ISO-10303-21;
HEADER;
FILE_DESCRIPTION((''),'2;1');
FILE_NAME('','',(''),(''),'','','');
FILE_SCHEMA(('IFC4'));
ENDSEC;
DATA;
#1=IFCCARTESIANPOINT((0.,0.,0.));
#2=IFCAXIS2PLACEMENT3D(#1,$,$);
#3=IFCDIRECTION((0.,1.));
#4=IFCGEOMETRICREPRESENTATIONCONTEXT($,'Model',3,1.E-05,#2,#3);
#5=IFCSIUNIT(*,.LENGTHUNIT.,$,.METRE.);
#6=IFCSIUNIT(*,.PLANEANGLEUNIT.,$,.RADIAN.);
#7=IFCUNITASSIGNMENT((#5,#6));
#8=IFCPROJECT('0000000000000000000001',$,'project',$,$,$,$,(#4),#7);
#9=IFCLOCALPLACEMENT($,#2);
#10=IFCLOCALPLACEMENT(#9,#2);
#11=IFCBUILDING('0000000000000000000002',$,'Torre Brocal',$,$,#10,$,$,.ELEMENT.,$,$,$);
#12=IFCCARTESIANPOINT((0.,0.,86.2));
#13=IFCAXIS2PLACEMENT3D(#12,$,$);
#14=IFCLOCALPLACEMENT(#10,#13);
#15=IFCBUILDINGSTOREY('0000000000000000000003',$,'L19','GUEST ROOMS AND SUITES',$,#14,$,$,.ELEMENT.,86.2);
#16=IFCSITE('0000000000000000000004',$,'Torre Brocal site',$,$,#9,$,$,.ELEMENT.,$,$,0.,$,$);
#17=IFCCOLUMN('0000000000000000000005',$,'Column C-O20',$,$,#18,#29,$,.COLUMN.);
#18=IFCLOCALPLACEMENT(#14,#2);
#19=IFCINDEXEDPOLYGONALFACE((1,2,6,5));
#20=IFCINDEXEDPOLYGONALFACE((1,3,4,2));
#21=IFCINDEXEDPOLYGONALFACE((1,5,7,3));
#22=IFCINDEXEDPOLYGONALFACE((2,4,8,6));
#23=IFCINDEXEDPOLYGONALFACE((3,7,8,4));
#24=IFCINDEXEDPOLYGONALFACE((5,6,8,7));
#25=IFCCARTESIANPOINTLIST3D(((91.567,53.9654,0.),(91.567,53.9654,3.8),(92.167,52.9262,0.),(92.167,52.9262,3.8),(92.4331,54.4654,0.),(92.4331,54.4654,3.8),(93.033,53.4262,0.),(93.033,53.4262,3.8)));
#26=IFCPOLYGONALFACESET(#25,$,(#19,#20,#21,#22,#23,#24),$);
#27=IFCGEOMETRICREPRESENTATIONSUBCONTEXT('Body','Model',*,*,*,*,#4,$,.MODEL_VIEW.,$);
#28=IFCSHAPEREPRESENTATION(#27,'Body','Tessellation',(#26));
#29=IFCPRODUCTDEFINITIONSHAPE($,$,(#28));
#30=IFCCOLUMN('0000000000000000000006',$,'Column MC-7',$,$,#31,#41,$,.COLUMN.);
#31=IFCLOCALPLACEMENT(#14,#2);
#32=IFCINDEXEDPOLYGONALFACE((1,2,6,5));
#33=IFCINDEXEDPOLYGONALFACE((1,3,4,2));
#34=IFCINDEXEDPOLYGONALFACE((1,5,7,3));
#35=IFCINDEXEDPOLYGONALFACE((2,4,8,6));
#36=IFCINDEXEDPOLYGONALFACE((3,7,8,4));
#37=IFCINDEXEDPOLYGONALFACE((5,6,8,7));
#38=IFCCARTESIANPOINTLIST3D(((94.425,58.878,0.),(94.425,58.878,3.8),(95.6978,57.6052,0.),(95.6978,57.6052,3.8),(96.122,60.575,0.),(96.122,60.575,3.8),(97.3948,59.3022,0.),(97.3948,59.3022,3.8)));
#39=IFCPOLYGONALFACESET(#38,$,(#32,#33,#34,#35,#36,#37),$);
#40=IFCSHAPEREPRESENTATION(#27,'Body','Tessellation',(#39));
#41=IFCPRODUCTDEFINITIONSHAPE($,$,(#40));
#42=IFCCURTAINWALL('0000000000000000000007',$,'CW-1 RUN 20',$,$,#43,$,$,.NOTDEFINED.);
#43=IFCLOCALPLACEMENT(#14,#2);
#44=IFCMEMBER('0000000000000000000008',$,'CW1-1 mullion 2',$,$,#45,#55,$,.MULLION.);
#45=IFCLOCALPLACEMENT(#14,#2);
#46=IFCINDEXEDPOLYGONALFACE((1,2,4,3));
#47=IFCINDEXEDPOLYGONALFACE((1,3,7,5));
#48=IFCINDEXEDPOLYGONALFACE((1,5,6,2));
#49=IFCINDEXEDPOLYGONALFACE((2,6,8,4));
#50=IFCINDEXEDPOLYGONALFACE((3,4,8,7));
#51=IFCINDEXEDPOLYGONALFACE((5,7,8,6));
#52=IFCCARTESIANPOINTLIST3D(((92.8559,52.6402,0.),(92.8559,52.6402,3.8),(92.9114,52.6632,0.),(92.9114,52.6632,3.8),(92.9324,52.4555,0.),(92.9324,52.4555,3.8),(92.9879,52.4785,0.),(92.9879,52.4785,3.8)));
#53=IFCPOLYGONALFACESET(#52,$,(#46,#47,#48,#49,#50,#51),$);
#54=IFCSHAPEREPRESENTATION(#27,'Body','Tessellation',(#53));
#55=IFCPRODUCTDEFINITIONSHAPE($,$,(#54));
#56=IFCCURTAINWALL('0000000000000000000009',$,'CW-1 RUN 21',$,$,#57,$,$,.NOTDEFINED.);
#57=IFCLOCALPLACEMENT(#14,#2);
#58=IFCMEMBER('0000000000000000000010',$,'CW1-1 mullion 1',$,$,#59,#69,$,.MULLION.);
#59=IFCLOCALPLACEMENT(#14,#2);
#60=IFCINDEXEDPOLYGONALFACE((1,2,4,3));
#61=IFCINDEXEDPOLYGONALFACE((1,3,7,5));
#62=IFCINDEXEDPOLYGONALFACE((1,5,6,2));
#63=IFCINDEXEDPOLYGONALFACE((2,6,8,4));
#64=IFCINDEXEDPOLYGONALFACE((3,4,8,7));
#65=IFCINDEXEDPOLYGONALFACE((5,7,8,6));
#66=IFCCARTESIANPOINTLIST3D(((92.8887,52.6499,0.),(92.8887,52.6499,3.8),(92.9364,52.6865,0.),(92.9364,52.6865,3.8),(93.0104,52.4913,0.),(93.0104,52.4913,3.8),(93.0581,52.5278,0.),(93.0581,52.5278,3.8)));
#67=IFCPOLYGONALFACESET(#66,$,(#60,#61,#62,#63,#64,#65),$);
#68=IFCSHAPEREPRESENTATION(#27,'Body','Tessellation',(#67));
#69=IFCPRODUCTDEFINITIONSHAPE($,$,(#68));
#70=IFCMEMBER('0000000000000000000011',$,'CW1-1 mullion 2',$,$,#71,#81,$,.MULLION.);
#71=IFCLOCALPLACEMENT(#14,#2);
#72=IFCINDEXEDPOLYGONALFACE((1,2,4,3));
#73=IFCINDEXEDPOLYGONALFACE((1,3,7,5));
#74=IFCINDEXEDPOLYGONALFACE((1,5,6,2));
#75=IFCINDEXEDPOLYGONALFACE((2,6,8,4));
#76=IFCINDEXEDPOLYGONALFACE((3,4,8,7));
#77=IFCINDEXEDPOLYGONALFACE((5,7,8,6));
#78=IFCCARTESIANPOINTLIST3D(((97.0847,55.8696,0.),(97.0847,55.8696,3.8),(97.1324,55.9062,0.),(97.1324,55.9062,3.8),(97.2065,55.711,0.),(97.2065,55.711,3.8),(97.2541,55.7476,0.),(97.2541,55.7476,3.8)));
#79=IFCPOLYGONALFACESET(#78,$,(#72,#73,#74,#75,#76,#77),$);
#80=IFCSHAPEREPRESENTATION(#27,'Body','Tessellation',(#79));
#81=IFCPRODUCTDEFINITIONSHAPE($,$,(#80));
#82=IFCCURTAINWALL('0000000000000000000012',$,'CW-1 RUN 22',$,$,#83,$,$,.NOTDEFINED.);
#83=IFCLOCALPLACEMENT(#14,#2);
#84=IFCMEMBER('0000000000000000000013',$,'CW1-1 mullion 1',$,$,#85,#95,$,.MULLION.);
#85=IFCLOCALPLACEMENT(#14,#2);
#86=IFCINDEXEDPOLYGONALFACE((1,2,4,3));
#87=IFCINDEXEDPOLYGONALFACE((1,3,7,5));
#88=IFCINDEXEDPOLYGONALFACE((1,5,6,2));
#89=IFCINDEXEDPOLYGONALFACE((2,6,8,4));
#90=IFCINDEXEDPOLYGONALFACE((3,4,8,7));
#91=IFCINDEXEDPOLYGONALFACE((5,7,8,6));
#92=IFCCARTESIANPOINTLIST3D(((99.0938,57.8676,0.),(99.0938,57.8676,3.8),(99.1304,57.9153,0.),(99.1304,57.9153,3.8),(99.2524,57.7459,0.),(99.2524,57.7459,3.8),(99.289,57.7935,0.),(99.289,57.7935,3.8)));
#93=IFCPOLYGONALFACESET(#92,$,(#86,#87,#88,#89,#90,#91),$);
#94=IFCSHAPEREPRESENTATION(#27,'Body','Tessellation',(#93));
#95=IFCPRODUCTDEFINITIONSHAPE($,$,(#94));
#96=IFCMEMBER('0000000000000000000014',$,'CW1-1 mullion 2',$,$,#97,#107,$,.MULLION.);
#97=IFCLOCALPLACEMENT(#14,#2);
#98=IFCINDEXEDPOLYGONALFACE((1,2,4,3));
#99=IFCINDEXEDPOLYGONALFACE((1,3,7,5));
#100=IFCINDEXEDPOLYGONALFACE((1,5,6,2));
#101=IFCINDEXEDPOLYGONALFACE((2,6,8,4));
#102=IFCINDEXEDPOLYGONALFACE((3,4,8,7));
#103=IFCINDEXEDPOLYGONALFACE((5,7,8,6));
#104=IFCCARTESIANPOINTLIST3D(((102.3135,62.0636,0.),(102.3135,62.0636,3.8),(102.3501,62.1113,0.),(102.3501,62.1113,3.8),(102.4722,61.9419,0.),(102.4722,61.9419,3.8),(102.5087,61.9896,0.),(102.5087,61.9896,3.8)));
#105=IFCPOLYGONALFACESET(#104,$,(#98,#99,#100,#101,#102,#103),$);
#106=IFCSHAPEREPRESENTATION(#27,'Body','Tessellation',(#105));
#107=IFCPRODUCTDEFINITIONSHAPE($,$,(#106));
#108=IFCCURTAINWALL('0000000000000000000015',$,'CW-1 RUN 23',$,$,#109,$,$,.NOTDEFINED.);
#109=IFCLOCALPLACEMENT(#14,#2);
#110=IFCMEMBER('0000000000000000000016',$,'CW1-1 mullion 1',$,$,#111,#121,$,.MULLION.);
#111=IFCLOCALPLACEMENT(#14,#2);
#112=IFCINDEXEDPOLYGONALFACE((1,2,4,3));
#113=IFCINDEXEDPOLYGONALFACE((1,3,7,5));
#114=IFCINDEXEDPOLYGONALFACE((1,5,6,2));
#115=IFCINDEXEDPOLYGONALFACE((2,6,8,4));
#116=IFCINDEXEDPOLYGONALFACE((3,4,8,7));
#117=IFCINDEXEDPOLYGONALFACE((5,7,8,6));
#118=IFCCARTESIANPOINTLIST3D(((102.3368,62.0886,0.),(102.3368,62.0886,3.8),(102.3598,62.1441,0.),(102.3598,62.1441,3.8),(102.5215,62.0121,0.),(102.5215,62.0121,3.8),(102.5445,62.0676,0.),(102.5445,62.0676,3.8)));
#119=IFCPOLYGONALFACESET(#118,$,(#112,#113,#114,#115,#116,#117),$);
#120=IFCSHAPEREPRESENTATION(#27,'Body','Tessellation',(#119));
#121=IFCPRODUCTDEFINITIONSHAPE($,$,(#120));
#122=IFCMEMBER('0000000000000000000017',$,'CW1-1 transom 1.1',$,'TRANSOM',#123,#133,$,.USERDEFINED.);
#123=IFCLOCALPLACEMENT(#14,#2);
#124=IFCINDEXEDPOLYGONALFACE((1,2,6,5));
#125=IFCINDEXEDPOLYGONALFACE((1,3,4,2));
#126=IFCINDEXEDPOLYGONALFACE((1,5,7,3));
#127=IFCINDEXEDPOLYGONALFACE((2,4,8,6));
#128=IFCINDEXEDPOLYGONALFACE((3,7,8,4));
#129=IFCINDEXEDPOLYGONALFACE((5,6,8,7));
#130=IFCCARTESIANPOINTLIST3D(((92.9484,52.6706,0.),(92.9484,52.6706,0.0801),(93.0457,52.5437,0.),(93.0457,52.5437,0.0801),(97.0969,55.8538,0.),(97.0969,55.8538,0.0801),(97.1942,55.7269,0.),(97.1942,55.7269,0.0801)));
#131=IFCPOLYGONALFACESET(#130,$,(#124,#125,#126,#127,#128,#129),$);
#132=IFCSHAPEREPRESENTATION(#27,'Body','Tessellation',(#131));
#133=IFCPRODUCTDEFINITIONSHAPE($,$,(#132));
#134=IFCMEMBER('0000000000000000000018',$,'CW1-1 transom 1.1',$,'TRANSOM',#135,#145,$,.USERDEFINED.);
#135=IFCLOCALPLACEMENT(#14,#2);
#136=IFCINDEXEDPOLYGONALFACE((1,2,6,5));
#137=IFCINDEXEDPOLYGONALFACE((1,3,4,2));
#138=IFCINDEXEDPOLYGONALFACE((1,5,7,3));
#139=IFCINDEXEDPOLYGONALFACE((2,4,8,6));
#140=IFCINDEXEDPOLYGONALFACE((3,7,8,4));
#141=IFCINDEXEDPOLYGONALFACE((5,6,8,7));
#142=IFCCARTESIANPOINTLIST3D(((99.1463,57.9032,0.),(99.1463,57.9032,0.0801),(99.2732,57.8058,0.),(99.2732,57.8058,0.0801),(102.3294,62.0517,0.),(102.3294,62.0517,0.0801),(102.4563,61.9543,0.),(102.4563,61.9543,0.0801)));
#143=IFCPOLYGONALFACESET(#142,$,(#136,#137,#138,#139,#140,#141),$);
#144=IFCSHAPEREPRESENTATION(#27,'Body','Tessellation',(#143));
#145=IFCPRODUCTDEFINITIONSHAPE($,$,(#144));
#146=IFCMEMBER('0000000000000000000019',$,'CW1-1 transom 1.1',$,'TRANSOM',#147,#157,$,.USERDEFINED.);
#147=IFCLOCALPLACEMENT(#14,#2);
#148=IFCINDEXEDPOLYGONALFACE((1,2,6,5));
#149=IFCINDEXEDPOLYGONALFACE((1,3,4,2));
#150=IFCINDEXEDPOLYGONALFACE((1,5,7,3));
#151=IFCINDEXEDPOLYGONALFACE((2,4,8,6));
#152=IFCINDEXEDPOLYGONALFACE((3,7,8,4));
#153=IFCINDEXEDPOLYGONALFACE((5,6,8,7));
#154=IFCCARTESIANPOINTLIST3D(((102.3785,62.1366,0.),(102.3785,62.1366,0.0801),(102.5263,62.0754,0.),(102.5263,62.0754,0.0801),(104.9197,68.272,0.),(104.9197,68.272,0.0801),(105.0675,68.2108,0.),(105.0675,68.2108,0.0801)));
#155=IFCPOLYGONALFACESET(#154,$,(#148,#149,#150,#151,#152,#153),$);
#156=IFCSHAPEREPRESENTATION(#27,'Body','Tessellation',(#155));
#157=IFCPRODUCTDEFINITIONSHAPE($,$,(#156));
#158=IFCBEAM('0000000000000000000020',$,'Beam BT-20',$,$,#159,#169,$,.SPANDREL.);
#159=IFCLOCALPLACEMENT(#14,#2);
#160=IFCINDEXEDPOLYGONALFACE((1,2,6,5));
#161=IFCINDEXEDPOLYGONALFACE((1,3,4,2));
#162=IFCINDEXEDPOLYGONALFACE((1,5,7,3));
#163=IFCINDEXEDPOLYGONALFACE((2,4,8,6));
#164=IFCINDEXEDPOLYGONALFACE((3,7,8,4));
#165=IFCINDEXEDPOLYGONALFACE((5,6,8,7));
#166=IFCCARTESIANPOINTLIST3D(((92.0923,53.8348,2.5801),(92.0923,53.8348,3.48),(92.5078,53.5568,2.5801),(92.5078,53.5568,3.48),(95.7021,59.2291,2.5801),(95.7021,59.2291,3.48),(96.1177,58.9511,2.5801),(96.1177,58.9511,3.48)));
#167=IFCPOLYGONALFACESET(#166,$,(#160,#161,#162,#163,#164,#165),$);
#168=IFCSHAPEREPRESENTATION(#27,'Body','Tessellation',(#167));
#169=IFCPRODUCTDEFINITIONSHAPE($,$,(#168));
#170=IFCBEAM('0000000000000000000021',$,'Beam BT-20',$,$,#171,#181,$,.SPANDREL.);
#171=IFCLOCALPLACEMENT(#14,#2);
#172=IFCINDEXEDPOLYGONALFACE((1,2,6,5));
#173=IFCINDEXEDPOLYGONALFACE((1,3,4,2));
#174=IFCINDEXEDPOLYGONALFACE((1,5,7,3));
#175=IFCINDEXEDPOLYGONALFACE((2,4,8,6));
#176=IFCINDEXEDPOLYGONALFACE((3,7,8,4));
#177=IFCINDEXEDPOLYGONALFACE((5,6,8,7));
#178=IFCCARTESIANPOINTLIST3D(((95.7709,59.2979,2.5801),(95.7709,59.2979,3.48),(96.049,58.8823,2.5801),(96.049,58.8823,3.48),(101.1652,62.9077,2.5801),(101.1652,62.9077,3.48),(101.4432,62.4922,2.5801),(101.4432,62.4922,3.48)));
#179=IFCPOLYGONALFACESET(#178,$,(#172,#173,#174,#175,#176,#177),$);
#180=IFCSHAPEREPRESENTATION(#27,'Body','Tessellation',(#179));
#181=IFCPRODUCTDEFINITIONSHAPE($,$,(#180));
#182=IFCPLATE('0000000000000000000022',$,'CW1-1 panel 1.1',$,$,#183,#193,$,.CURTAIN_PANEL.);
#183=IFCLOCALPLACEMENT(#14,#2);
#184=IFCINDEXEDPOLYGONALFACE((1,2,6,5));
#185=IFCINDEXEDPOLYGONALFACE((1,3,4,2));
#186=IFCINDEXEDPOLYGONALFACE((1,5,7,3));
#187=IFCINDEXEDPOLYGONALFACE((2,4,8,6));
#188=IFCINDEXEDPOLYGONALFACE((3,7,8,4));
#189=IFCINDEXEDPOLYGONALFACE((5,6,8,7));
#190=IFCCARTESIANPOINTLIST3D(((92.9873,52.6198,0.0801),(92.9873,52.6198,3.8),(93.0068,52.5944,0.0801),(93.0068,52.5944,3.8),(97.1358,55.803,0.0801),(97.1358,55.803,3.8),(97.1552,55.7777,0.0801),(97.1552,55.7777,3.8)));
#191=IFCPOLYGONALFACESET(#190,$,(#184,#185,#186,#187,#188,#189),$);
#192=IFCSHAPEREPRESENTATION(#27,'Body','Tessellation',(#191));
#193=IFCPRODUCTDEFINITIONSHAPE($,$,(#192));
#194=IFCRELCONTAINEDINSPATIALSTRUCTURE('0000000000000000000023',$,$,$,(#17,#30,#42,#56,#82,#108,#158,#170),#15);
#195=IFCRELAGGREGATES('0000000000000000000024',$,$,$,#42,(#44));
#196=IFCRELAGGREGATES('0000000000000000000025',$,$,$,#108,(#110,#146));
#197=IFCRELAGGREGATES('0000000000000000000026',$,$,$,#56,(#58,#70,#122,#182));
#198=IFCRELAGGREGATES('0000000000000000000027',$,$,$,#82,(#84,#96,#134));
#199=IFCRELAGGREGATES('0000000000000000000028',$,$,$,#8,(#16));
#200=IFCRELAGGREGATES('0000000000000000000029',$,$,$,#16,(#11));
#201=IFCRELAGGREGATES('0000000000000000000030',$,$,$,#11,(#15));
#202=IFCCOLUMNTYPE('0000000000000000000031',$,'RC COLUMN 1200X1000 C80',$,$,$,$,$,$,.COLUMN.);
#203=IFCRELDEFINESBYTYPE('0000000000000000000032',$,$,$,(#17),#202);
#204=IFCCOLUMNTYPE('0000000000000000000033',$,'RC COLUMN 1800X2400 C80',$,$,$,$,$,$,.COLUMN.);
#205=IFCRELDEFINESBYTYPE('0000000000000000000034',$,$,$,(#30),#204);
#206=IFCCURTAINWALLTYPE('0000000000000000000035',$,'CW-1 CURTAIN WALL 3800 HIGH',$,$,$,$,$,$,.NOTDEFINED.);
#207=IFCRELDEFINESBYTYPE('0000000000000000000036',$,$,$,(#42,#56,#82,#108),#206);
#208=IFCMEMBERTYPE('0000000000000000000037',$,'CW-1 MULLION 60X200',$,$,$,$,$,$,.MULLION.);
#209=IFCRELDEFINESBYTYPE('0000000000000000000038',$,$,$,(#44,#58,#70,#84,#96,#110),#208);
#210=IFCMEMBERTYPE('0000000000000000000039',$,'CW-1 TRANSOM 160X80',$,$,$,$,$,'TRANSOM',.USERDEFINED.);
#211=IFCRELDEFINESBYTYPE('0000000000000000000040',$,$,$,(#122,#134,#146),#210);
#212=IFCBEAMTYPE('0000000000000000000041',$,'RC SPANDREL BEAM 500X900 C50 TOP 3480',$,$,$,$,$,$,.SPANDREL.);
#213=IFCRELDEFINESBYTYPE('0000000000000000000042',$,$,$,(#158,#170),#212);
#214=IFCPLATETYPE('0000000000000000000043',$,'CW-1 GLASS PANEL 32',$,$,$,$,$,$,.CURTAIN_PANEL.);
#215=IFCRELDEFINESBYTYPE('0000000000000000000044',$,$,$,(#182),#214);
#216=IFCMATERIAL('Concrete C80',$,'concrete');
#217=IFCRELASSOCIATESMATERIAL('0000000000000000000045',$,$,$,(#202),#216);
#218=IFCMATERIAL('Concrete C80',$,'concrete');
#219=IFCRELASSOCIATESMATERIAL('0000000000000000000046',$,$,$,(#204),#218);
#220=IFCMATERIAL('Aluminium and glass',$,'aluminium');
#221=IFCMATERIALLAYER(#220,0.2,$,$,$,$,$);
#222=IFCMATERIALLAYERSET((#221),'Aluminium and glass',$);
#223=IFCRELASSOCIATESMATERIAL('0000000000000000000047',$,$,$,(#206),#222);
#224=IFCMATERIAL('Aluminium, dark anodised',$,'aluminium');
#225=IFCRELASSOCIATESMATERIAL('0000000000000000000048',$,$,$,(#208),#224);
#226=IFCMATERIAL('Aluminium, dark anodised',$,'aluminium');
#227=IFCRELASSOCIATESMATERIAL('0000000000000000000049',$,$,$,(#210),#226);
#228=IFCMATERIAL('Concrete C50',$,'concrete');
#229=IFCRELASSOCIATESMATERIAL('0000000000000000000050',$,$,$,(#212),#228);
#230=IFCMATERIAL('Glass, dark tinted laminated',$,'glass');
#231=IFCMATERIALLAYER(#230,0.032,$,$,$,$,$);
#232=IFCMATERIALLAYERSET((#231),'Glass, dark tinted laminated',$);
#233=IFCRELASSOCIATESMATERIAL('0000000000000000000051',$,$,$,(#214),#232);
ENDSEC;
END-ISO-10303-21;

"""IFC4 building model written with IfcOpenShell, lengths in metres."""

from ifc_helpers import new_model, si_unit, direction, frame, origin, origin_2d, place, context, subcontext, project, spatial, rectangle, extrude, material, layer, layer_set, material_profile, profile_set, type_object, element, aggregate, save


model = new_model("IFC4")

# Units and contexts
model_context = context("Model", 3, precision=1e-05, world=origin(), true_north=direction((0.0, 1.0)))
body_context = subcontext(model_context, "Body", "Model", "MODEL_VIEW")
ifc_project = project(units=[si_unit("LENGTHUNIT", "METRE"), si_unit("PLANEANGLEUNIT", "RADIAN")], contexts=[model_context])

# Site, building, storey
site_placement = place(None, origin())
site = spatial("IfcSite", under=ifc_project, at=site_placement, Name="Torre Brocal site", CompositionType="ELEMENT", RefElevation=0.0)
building_placement = place(site_placement, origin())
building = spatial("IfcBuilding", under=site, at=building_placement, Name="Torre Brocal", CompositionType="ELEMENT")
storey_placement = place(building_placement, frame((0.0, 0.0, 86.2)))
storey = spatial("IfcBuildingStorey", under=building, at=storey_placement, Name="L19", Description="GUEST ROOMS AND SUITES", CompositionType="ELEMENT", Elevation=86.2)

# Columns
ifc_material_1 = material(Name="Concrete C80", Category="concrete")
ifc_material_profile_1 = material_profile(ifc_material_1, rectangle(XDim=1.2, YDim=1.0, at=origin_2d()), Name="RC 1200X1000")
ifc_profile_set_1 = profile_set([ifc_material_profile_1], Name="Concrete C80")
column_type_1 = type_object("IfcColumnType", Name="RC COLUMN 1200X1000 C80", PredefinedType="COLUMN", material=ifc_profile_set_1)
column_1_placement = place(storey_placement, frame((92.3, 53.6958, 0.0), z_axis=(0.0, 0.0, 1.0), x_axis=(0.5, -0.866025, 0.0)))
element("IfcColumn", 1, at=column_1_placement, inside=storey, type_object=column_type_1, Name="Column C-O20", PredefinedType="COLUMN", context=body_context, shape_type="SweptSolid", body=[
    extrude(rectangle(XDim=1.2, YDim=1.0, at=origin_2d()), origin(), (0.0, 0.0, 1.0), 3.8),
])
ifc_material_2 = material(Name="Concrete C80", Category="concrete")
ifc_material_profile_2 = material_profile(ifc_material_2, rectangle(XDim=1.8, YDim=2.3999, at=origin_2d()), Name="RC 1800X2400")
ifc_profile_set_2 = profile_set([ifc_material_profile_2], Name="Concrete C80")
column_type_2 = type_object("IfcColumnType", Name="RC COLUMN 1800X2400 C80", PredefinedType="COLUMN", material=ifc_profile_set_2)
column_2_placement = place(storey_placement, frame((95.9099, 59.0901, 0.0), z_axis=(0.0, 0.0, 1.0), x_axis=(0.707107, -0.707107, 0.0)))
element("IfcColumn", 2, at=column_2_placement, inside=storey, type_object=column_type_2, Name="Column MC-7", PredefinedType="COLUMN", context=body_context, shape_type="SweptSolid", body=[
    extrude(rectangle(XDim=1.8, YDim=2.3999, at=origin_2d()), origin(), (0.0, 0.0, 1.0), 3.8),
])

# Curtain wall, member
ifc_material_3 = material(Name="Aluminium and glass", Category="aluminium")
ifc_layer_1 = layer(ifc_material_3, 0.2)
ifc_layer_set_1 = layer_set([ifc_layer_1], Name="Aluminium and glass")
curtain_wall_type = type_object("IfcCurtainWallType", Name="CW-1 CURTAIN WALL 3800 HIGH", PredefinedType="NOTDEFINED", material=ifc_layer_set_1)
curtain_wall_1_placement = place(storey_placement, origin())
curtain_wall_1 = element("IfcCurtainWall", 3, at=curtain_wall_1_placement, inside=storey, type_object=curtain_wall_type, Name="CW-1 RUN 20", PredefinedType="NOTDEFINED")
ifc_material_4 = material(Name="Aluminium, dark anodised", Category="aluminium")
ifc_material_profile_3 = material_profile(ifc_material_4, rectangle(XDim=0.2, YDim=0.0601, at=origin_2d()), Name="CW-1 MULLION 60X200")
ifc_profile_set_3 = profile_set([ifc_material_profile_3], Name="Aluminium, dark anodised")
member_type_1 = type_object("IfcMemberType", Name="CW-1 MULLION 60X200", PredefinedType="MULLION", material=ifc_profile_set_3)
member_1_placement = place(storey_placement, frame((92.9219, 52.5593, 0.0), z_axis=(0.0, 0.0, 1.0), x_axis=(-0.382683, 0.92388, 0.0)))
member_1 = element("IfcMember", 4, at=member_1_placement, type_object=member_type_1, Name="CW1-1 mullion 2", PredefinedType="MULLION", context=body_context, shape_type="SweptSolid", body=[
    extrude(rectangle(XDim=0.2, YDim=0.0601, at=origin_2d()), origin(), (0.0, 0.0, 1.0), 3.8),
])
aggregate(curtain_wall_1, [member_1])

# Curtain walls, members
curtain_wall_2_placement = place(storey_placement, origin())
curtain_wall_2 = element("IfcCurtainWall", 5, at=curtain_wall_2_placement, inside=storey, type_object=curtain_wall_type, Name="CW-1 RUN 21", PredefinedType="NOTDEFINED")
member_2_placement = place(storey_placement, frame((92.9734, 52.5889, 0.0), z_axis=(0.0, 0.0, 1.0), x_axis=(-0.608761, 0.793353, 0.0)))
member_2 = element("IfcMember", 6, at=member_2_placement, type_object=member_type_1, Name="CW1-1 mullion 1", PredefinedType="MULLION", context=body_context, shape_type="SweptSolid", body=[
    extrude(rectangle(XDim=0.2, YDim=0.0601, at=origin_2d()), origin(), (0.0, 0.0, 1.0), 3.8),
])
member_3_placement = place(storey_placement, frame((97.1694, 55.8086, 0.0), z_axis=(0.0, 0.0, 1.0), x_axis=(-0.608761, 0.793353, 0.0)))
member_3 = element("IfcMember", 7, at=member_3_placement, type_object=member_type_1, Name="CW1-1 mullion 2", PredefinedType="MULLION", context=body_context, shape_type="SweptSolid", body=[
    extrude(rectangle(XDim=0.2, YDim=0.0601, at=origin_2d()), origin(), (0.0, 0.0, 1.0), 3.8),
])
curtain_wall_3_placement = place(storey_placement, origin())
curtain_wall_3 = element("IfcCurtainWall", 8, at=curtain_wall_3_placement, inside=storey, type_object=curtain_wall_type, Name="CW-1 RUN 22", PredefinedType="NOTDEFINED")
member_4_placement = place(storey_placement, frame((99.1914, 57.8306, 0.0), z_axis=(0.0, 0.0, 1.0), x_axis=(-0.793353, 0.608761, 0.0)))
member_4 = element("IfcMember", 9, at=member_4_placement, type_object=member_type_1, Name="CW1-1 mullion 1", PredefinedType="MULLION", context=body_context, shape_type="SweptSolid", body=[
    extrude(rectangle(XDim=0.2, YDim=0.0601, at=origin_2d()), origin(), (0.0, 0.0, 1.0), 3.8),
])
member_5_placement = place(storey_placement, frame((102.4111, 62.0266, 0.0), z_axis=(0.0, 0.0, 1.0), x_axis=(-0.793353, 0.608761, 0.0)))
member_5 = element("IfcMember", 10, at=member_5_placement, type_object=member_type_1, Name="CW1-1 mullion 2", PredefinedType="MULLION", context=body_context, shape_type="SweptSolid", body=[
    extrude(rectangle(XDim=0.2, YDim=0.0601, at=origin_2d()), origin(), (0.0, 0.0, 1.0), 3.8),
])

# Curtain wall, member
curtain_wall_4_placement = place(storey_placement, origin())
curtain_wall_4 = element("IfcCurtainWall", 11, at=curtain_wall_4_placement, inside=storey, type_object=curtain_wall_type, Name="CW-1 RUN 23", PredefinedType="NOTDEFINED")
member_6_placement = place(storey_placement, frame((102.4407, 62.0781, 0.0), z_axis=(0.0, 0.0, 1.0), x_axis=(-0.92388, 0.382683, 0.0)))
member_6 = element("IfcMember", 12, at=member_6_placement, type_object=member_type_1, Name="CW1-1 mullion 1", PredefinedType="MULLION", context=body_context, shape_type="SweptSolid", body=[
    extrude(rectangle(XDim=0.2, YDim=0.0601, at=origin_2d()), origin(), (0.0, 0.0, 1.0), 3.8),
])

# Members
ifc_material_5 = material(Name="Aluminium, dark anodised", Category="aluminium")
ifc_material_profile_4 = material_profile(ifc_material_5, rectangle(XDim=0.1599, YDim=0.0801, at=origin_2d()), Name="CW-1 TRANSOM 160X80")
ifc_profile_set_4 = profile_set([ifc_material_profile_4], Name="Aluminium, dark anodised")
member_type_2 = type_object("IfcMemberType", Name="CW-1 TRANSOM 160X80", ElementType="TRANSOM", PredefinedType="USERDEFINED", material=ifc_profile_set_4)
member_7_placement = place(storey_placement, frame((92.9971, 52.6072, 0.04), z_axis=(0.793363, 0.608749, 0.0), x_axis=(-0.608749, 0.793363, 0.0)))
member_7 = element("IfcMember", 13, at=member_7_placement, type_object=member_type_2, Name="CW1-1 transom 1.1", ObjectType="TRANSOM", PredefinedType="USERDEFINED", context=body_context, shape_type="SweptSolid", body=[
    extrude(rectangle(XDim=0.1599, YDim=0.0801, at=origin_2d()), origin(), (0.0, 0.0, 1.0), 5.229),
])
member_8_placement = place(storey_placement, frame((99.2097, 57.8545, 0.04), z_axis=(0.608749, 0.793363, 0.0), x_axis=(-0.793363, 0.608749, 0.0)))
member_8 = element("IfcMember", 14, at=member_8_placement, type_object=member_type_2, Name="CW1-1 transom 1.1", ObjectType="TRANSOM", PredefinedType="USERDEFINED", context=body_context, shape_type="SweptSolid", body=[
    extrude(rectangle(XDim=0.1599, YDim=0.0801, at=origin_2d()), origin(), (0.0, 0.0, 1.0), 5.229),
])
member_9_placement = place(storey_placement, frame((102.4524, 62.106, 0.04), z_axis=(0.382665, 0.923887, 0.0), x_axis=(-0.923887, 0.382665, 0.0)))
member_9 = element("IfcMember", 15, at=member_9_placement, type_object=member_type_2, Name="CW1-1 transom 1.1", ObjectType="TRANSOM", PredefinedType="USERDEFINED", context=body_context, shape_type="SweptSolid", body=[
    extrude(rectangle(XDim=0.1599, YDim=0.0801, at=origin_2d()), origin(), (0.0, 0.0, 1.0), 6.6409),
])
aggregate(curtain_wall_4, [member_6, member_9])

# Beams
ifc_material_6 = material(Name="Concrete C50", Category="concrete")
ifc_material_profile_5 = material_profile(ifc_material_6, rectangle(XDim=0.5, YDim=0.8999, at=origin_2d()), Name="RC 500X900")
ifc_profile_set_5 = profile_set([ifc_material_profile_5], Name="Concrete C50")
beam_type = type_object("IfcBeamType", Name="RC SPANDREL BEAM 500X900 C50 TOP 3480", PredefinedType="SPANDREL", material=ifc_profile_set_5)
for number, where, z_axis, x_axis, name in (
    (16, (92.3, 53.6958, 3.03), (0.556158, 0.831077, 0.0), (-0.831077, 0.556158, 0.0), "Beam BT-20"),
    (17, (95.9099, 59.0901, 3.03), (0.831077, 0.556158, 0.0), (-0.556158, 0.831077, 0.0), "Beam BT-20"),
):
    element("IfcBeam", number, at=place(storey_placement, frame(where, z_axis=z_axis, x_axis=x_axis)), inside=storey, type_object=beam_type, Name=name, PredefinedType="SPANDREL", context=body_context, shape_type="SweptSolid", body=[
        extrude(rectangle(XDim=0.5, YDim=0.8999, at=origin_2d()), origin(), (0.0, 0.0, 1.0), 6.4907),
    ])

# Plate
ifc_material_7 = material(Name="Glass, dark tinted laminated", Category="glass")
ifc_layer_2 = layer(ifc_material_7, 0.032)
ifc_layer_set_2 = layer_set([ifc_layer_2], Name="Glass, dark tinted laminated")
plate_type = type_object("IfcPlateType", Name="CW-1 GLASS PANEL 32", PredefinedType="CURTAIN_PANEL", material=ifc_layer_set_2)
plate_1_placement = place(storey_placement, frame((95.0713, 54.1987, 0.0801), z_axis=(0.0, 0.0, 1.0), x_axis=(0.793353, 0.608761, 0.0)))
plate_1 = element("IfcPlate", 18, at=plate_1_placement, type_object=plate_type, Name="CW1-1 panel 1.1", PredefinedType="CURTAIN_PANEL", context=body_context, shape_type="SweptSolid", body=[
    extrude(rectangle(XDim=5.229, YDim=0.032, at=origin_2d()), origin(), (0.0, 0.0, 1.0), 3.72),
])
aggregate(curtain_wall_2, [member_2, member_3, member_7, plate_1])
aggregate(curtain_wall_3, [member_4, member_5, member_8])

save(model, "model.ifc")
